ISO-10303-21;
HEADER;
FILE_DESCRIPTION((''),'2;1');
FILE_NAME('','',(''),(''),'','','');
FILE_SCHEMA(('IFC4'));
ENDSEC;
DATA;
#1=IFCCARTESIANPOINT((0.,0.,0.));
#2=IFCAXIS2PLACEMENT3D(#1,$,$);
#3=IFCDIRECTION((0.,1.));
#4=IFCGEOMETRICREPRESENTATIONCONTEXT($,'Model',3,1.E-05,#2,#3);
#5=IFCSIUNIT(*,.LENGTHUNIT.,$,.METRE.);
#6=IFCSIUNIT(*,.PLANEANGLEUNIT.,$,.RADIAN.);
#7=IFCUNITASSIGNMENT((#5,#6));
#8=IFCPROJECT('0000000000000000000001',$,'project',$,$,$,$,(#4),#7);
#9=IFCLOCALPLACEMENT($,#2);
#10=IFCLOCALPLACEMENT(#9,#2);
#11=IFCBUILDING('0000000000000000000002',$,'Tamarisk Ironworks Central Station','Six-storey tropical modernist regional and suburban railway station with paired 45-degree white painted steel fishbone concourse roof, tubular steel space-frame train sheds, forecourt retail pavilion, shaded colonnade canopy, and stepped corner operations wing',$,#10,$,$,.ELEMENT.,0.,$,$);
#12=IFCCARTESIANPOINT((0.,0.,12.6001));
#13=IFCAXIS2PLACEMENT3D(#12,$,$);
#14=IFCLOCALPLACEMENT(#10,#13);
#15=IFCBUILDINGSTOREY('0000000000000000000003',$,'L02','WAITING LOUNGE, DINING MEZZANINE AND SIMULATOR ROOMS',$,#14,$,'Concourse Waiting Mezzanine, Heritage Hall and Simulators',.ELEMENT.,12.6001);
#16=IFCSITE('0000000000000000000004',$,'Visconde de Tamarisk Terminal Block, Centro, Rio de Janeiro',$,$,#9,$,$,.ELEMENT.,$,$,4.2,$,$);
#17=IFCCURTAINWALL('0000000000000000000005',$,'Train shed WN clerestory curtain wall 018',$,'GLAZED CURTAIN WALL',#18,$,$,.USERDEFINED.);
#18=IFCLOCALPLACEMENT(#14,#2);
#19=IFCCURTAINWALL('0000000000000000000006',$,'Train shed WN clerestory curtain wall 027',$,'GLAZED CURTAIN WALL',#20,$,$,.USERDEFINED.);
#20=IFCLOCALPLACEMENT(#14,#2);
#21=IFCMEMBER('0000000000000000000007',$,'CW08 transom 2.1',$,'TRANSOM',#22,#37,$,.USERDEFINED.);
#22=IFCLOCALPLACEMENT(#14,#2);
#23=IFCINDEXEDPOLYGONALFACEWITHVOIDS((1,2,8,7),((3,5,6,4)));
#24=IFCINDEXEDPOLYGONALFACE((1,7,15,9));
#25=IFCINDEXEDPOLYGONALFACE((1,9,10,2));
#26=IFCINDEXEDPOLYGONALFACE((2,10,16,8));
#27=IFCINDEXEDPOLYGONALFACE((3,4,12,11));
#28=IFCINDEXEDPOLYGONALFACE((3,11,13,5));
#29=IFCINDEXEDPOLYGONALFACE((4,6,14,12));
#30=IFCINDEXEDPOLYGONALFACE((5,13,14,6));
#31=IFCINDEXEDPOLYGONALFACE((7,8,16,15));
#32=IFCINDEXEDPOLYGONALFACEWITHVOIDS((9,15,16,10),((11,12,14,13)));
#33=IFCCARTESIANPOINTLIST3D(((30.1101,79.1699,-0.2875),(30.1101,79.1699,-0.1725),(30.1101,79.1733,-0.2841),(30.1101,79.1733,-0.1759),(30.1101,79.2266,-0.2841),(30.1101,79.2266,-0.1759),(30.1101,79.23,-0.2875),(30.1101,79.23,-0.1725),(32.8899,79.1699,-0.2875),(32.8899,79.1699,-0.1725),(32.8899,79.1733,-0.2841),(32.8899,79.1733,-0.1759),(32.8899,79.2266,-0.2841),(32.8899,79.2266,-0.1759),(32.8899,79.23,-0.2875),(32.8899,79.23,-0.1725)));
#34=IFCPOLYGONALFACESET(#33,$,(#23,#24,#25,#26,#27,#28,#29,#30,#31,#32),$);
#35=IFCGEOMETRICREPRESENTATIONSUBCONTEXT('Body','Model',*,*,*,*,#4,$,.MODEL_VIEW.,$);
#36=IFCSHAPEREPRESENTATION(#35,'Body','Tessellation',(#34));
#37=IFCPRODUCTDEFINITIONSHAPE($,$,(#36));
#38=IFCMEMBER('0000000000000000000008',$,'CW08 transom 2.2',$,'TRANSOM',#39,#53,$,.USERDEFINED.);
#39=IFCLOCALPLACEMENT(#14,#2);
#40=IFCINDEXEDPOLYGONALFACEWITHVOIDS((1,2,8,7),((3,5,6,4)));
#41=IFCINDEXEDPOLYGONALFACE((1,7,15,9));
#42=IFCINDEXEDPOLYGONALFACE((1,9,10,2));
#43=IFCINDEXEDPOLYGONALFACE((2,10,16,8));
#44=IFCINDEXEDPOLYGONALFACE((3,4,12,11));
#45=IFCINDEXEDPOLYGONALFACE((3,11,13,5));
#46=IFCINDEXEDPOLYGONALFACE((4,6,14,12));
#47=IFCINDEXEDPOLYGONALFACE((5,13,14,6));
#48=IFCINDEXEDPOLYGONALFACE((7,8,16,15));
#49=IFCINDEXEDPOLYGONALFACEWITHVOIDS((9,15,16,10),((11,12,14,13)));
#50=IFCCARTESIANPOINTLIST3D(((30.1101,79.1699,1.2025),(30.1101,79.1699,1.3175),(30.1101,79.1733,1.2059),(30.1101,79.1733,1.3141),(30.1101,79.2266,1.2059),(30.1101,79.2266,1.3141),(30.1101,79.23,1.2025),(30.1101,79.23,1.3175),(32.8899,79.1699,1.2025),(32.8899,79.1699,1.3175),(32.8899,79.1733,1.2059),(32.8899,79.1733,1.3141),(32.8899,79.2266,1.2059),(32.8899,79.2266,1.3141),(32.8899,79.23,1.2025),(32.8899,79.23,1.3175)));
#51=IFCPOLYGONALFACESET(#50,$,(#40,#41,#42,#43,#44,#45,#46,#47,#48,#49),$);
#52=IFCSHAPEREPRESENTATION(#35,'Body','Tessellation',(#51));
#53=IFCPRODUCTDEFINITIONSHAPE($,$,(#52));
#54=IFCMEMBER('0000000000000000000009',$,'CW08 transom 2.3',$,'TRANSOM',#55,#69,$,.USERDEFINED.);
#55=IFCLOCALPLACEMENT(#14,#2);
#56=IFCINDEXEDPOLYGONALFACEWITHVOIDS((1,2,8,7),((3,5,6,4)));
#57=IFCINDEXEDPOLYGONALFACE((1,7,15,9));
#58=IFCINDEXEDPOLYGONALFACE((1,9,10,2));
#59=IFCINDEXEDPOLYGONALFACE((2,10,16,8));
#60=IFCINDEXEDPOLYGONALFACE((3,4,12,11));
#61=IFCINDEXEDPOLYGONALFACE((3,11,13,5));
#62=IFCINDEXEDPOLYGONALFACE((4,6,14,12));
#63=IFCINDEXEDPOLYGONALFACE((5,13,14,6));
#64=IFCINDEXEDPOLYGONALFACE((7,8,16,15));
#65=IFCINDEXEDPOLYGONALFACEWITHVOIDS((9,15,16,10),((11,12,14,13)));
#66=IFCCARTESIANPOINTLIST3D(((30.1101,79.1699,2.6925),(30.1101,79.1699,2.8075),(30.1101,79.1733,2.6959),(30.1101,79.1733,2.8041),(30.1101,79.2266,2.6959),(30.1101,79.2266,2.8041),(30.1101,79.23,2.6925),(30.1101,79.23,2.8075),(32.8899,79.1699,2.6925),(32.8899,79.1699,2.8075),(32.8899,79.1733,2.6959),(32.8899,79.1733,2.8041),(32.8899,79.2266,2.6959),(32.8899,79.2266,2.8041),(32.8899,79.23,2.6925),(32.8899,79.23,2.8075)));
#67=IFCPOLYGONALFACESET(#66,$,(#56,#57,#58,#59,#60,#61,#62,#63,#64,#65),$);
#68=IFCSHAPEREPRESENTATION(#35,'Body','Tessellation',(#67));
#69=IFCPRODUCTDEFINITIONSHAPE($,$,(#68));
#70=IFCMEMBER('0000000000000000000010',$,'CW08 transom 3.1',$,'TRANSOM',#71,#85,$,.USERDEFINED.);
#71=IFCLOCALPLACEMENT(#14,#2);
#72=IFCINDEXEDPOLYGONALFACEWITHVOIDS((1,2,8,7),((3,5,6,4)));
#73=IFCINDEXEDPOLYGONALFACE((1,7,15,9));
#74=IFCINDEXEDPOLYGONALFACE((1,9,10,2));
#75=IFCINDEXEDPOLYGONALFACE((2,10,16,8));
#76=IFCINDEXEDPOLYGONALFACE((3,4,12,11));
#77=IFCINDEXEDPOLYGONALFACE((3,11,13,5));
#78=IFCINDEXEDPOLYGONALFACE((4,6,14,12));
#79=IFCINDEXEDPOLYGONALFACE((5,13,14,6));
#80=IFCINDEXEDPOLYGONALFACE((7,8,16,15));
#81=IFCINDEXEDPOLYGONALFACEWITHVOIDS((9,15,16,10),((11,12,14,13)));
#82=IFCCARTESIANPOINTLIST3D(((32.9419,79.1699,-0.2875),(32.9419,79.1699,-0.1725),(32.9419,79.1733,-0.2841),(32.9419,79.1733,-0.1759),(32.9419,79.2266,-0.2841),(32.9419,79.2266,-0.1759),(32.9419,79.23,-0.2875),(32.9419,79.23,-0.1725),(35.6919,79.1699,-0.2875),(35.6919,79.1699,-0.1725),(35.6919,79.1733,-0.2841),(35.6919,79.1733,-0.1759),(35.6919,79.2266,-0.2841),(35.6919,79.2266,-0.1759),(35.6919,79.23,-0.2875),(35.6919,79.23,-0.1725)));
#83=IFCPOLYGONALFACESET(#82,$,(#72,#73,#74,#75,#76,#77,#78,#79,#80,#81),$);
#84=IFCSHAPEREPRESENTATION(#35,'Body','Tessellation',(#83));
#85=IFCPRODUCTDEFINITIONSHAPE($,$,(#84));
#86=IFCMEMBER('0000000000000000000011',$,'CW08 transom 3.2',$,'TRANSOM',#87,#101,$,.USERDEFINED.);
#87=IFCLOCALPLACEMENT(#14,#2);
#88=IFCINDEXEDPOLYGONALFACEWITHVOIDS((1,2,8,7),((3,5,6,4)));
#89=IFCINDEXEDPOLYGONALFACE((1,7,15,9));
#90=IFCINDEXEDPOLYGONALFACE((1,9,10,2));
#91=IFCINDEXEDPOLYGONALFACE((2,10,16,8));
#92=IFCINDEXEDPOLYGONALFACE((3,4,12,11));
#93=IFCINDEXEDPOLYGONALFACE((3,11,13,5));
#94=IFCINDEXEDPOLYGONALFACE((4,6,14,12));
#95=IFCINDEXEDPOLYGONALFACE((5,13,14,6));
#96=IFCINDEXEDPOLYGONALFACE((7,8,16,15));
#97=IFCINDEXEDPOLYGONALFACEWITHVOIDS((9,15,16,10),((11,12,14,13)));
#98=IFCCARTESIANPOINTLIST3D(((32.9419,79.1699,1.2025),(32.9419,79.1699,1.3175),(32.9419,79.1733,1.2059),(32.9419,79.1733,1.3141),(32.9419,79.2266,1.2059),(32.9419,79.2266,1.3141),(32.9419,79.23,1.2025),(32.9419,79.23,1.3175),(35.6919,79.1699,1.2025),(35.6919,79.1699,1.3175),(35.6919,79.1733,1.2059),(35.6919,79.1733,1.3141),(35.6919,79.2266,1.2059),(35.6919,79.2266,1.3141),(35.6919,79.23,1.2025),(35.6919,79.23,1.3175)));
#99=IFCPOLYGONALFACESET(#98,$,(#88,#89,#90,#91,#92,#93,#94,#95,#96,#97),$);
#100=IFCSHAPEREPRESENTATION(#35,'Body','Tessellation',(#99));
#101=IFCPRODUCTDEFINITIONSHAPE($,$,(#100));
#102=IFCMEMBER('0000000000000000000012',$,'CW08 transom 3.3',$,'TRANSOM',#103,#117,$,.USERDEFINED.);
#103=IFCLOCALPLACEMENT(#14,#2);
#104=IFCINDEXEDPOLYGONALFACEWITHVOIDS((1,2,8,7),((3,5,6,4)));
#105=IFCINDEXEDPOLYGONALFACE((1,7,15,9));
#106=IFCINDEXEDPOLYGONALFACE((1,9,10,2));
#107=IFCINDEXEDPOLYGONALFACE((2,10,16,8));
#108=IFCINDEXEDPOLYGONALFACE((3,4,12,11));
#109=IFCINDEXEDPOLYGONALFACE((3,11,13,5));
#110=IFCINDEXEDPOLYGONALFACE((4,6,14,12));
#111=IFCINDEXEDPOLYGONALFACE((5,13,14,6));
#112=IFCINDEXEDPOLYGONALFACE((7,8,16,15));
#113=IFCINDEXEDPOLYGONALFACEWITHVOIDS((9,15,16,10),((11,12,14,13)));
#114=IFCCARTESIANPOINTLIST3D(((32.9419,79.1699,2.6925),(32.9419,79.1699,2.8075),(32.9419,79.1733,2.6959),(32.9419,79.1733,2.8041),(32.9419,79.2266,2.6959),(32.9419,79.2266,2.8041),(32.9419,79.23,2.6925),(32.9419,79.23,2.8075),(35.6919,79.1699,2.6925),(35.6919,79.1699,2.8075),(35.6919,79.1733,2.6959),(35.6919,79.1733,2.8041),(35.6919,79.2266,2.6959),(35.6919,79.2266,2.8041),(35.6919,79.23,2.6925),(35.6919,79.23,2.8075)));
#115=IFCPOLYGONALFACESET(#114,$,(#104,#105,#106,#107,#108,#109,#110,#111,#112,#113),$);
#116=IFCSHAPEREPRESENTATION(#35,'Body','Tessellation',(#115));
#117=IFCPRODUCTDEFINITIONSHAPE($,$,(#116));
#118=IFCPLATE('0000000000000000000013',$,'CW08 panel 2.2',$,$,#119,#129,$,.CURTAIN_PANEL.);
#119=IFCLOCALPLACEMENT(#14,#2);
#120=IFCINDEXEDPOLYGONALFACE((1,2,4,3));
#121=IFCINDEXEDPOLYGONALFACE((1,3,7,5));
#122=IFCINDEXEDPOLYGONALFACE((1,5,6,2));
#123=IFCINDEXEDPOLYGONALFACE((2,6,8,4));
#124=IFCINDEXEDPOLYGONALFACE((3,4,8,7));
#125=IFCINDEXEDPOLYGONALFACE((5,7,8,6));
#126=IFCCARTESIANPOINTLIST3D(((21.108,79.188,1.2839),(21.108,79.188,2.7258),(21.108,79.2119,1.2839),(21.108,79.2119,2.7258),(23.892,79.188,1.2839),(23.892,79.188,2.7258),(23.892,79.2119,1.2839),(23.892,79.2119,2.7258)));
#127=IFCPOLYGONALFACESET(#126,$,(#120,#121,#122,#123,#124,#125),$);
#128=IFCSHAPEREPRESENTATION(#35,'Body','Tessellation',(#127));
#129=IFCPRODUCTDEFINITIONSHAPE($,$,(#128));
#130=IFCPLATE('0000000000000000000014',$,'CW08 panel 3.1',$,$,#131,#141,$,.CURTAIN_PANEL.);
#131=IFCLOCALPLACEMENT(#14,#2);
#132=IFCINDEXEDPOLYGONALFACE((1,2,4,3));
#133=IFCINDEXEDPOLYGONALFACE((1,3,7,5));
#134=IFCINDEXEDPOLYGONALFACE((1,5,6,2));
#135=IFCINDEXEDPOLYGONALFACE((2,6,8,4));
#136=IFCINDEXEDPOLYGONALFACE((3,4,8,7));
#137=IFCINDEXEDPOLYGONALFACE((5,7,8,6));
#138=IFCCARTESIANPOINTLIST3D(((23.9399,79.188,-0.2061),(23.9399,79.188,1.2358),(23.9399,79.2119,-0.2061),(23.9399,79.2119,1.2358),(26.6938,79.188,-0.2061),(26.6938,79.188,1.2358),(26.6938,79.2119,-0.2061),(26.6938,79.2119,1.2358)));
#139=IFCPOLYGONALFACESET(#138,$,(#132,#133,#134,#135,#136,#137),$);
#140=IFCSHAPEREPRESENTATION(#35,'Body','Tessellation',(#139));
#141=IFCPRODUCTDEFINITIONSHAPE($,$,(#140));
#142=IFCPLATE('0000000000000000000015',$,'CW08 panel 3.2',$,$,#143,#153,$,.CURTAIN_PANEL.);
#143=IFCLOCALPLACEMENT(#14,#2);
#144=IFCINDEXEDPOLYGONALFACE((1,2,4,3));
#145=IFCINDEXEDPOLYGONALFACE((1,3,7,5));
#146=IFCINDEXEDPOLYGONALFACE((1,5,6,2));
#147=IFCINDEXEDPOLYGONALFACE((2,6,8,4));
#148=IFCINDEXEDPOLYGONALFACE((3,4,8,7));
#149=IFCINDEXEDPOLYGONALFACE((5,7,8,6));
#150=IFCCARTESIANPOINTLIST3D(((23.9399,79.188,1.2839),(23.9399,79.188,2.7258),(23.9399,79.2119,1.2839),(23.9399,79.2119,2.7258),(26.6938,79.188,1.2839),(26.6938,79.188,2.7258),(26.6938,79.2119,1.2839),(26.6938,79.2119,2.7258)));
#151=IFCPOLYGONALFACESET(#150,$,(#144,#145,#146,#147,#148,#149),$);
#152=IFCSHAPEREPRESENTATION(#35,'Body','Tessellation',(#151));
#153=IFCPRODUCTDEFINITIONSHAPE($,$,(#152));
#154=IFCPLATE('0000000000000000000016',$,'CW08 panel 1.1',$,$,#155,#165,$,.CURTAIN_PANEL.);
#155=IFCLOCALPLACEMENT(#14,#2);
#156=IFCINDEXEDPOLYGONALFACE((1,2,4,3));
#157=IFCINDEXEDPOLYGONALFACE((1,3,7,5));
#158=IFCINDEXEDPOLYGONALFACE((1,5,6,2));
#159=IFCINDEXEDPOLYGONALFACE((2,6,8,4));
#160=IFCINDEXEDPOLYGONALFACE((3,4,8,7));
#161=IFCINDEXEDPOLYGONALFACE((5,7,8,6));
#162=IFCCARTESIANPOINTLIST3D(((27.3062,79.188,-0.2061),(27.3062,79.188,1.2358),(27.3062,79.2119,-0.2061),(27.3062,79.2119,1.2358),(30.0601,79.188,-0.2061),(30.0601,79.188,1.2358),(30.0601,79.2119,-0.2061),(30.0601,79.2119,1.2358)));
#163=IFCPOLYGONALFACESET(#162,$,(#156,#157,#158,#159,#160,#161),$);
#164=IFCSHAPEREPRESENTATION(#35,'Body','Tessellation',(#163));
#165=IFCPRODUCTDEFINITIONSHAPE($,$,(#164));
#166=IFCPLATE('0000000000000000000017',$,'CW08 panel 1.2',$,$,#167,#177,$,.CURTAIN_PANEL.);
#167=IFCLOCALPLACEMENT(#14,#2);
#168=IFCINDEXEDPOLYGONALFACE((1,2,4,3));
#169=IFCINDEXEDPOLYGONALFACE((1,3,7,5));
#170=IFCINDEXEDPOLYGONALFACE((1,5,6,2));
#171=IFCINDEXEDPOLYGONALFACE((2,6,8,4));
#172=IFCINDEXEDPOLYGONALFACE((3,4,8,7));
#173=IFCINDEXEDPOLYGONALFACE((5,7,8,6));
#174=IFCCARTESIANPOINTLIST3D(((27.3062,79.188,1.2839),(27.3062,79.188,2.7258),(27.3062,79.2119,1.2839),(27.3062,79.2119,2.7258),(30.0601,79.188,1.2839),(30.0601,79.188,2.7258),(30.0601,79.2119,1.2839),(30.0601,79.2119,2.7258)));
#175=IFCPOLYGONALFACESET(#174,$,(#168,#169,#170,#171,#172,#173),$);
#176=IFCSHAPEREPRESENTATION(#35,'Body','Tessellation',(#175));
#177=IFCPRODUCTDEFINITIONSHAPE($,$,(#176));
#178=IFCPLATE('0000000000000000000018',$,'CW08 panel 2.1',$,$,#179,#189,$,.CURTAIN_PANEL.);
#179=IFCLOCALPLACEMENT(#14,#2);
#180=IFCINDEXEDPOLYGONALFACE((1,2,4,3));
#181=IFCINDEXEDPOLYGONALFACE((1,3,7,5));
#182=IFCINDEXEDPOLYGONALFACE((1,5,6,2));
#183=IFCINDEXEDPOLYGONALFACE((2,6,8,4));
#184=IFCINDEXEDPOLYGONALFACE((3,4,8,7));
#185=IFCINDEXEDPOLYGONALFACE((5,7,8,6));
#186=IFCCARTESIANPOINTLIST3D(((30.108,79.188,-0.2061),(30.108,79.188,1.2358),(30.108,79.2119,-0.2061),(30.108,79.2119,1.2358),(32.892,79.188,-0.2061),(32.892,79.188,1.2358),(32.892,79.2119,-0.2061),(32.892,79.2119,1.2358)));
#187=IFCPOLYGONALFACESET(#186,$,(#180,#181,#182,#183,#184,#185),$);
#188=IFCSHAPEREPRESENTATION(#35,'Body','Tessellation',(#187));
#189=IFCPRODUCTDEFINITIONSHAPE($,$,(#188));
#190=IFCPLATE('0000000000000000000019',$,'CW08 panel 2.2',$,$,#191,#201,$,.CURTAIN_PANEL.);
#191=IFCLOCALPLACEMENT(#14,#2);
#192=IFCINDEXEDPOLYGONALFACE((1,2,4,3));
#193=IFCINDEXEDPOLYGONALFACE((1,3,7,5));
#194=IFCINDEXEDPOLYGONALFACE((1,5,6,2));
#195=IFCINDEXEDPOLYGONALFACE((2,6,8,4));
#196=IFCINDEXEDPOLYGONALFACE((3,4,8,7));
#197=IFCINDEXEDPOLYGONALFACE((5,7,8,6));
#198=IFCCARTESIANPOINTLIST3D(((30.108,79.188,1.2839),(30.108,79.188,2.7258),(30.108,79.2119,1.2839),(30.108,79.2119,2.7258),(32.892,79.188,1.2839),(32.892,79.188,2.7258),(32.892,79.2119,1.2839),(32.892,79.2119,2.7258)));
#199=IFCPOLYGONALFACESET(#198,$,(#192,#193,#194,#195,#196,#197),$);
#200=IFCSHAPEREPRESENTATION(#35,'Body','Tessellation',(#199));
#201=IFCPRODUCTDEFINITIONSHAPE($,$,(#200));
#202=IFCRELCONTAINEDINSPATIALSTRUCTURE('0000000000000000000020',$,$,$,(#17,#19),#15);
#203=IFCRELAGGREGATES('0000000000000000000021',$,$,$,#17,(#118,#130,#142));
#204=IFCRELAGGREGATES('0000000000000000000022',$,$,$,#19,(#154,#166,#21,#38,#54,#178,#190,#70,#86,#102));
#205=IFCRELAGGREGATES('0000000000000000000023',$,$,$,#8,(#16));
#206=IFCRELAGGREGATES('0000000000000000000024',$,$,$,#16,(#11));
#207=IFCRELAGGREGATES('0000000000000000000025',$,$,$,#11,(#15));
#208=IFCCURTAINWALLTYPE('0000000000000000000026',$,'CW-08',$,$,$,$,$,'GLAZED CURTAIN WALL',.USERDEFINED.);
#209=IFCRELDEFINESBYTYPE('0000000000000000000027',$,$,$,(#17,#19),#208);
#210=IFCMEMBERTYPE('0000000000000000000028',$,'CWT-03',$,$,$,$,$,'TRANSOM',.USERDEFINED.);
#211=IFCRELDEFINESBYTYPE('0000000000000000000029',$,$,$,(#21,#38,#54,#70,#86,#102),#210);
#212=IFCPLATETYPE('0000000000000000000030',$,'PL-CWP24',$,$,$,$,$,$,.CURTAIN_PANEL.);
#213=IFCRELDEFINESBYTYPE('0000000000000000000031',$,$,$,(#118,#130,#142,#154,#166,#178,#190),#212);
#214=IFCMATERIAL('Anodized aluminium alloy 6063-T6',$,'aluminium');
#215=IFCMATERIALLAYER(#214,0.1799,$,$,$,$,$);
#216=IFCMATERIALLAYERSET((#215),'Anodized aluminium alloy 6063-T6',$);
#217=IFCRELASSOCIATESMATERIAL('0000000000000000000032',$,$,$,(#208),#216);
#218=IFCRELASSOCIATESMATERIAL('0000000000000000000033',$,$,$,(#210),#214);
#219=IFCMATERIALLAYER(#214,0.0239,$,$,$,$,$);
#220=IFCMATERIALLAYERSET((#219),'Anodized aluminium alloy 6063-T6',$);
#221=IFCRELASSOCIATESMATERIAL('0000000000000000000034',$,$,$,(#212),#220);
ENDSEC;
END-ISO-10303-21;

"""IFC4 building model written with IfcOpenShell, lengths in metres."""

from ifc_helpers import new_model, si_unit, direction, frame, origin, origin_2d, place, context, subcontext, project, spatial, rectangle, hollow_rectangle, extrude, material, layer, layer_set, material_profile, profile_set, type_object, element, aggregate, save


model = new_model("IFC4")

# Units and contexts
model_context = context("Model", 3, precision=1e-05, world=origin(), true_north=direction((0.0, 1.0)))
body_context = subcontext(model_context, "Body", "Model", "MODEL_VIEW")
ifc_project = project(units=[si_unit("LENGTHUNIT", "METRE"), si_unit("PLANEANGLEUNIT", "RADIAN")], contexts=[model_context])

# Site, building, storey
site_placement = place(None, origin())
site = spatial("IfcSite", under=ifc_project, at=site_placement, Name="Visconde de Tamarisk Terminal Block, Centro, Rio de Janeiro", CompositionType="ELEMENT", RefElevation=4.2)
building_placement = place(site_placement, origin())
building = spatial("IfcBuilding", under=site, at=building_placement, Name="Tamarisk Ironworks Central Station", Description="Six-storey tropical modernist regional and suburban railway station with paired 45-degree white painted steel fishbone concourse roof, tubular steel space-frame train sheds, forecourt retail pavilion, shaded colonnade canopy, and stepped corner operations wing", CompositionType="ELEMENT", ElevationOfRefHeight=0.0)
storey_placement = place(building_placement, frame((0.0, 0.0, 12.6001)))
storey = spatial("IfcBuildingStorey", under=building, at=storey_placement, Name="L02", Description="WAITING LOUNGE, DINING MEZZANINE AND SIMULATOR ROOMS", LongName="Concourse Waiting Mezzanine, Heritage Hall and Simulators", CompositionType="ELEMENT", Elevation=12.6001)

# Curtain walls
ifc_material_1 = material(Name="Anodized aluminium alloy 6063-T6", Category="aluminium")
ifc_layer_1 = layer(ifc_material_1, 0.1799)
ifc_layer_set_1 = layer_set([ifc_layer_1], Name="Anodized aluminium alloy 6063-T6")
curtain_wall_type = type_object("IfcCurtainWallType", Name="CW-08", ElementType="GLAZED CURTAIN WALL", PredefinedType="USERDEFINED", material=ifc_layer_set_1)
curtain_wall_1_placement = place(storey_placement, origin())
curtain_wall_1 = element("IfcCurtainWall", 1, at=curtain_wall_1_placement, inside=storey, type_object=curtain_wall_type, Name="Train shed WN clerestory curtain wall 018", ObjectType="GLAZED CURTAIN WALL", PredefinedType="USERDEFINED")
curtain_wall_2_placement = place(storey_placement, origin())
curtain_wall_2 = element("IfcCurtainWall", 2, at=curtain_wall_2_placement, inside=storey, type_object=curtain_wall_type, Name="Train shed WN clerestory curtain wall 027", ObjectType="GLAZED CURTAIN WALL", PredefinedType="USERDEFINED")

# Members
ifc_material_profile_1 = material_profile(ifc_material_1, hollow_rectangle(XDim=0.0601, YDim=0.115, WallThickness=0.0034, at=origin_2d()), Name="ALUM 115x60")
ifc_profile_set_1 = profile_set([ifc_material_profile_1], Name="Anodized aluminium alloy 6063-T6")
member_type_1 = type_object("IfcMemberType", Name="CWT-03", ElementType="TRANSOM", PredefinedType="USERDEFINED", material=ifc_profile_set_1)
member_1_placement = place(storey_placement, frame((30.1101, 79.2, -0.23), z_axis=(1.0, 0.0, 0.0), x_axis=(0.0, 1.0, 0.0)))
member_1 = element("IfcMember", 3, at=member_1_placement, type_object=member_type_1, Name="CW08 transom 2.1", ObjectType="TRANSOM", PredefinedType="USERDEFINED", context=body_context, shape_type="SweptSolid", body=[
    extrude(hollow_rectangle(XDim=0.0601, YDim=0.115, WallThickness=0.0034, at=origin_2d()), origin(), (0.0, 0.0, 1.0), 2.7798),
])
member_2_placement = place(storey_placement, frame((30.1101, 79.2, 1.26), z_axis=(1.0, 0.0, 0.0), x_axis=(0.0, 1.0, 0.0)))
member_2 = element("IfcMember", 4, at=member_2_placement, type_object=member_type_1, Name="CW08 transom 2.2", ObjectType="TRANSOM", PredefinedType="USERDEFINED", context=body_context, shape_type="SweptSolid", body=[
    extrude(hollow_rectangle(XDim=0.0601, YDim=0.115, WallThickness=0.0034, at=origin_2d()), origin(), (0.0, 0.0, 1.0), 2.7798),
])
member_3_placement = place(storey_placement, frame((30.1101, 79.2, 2.75), z_axis=(1.0, 0.0, 0.0), x_axis=(0.0, 1.0, 0.0)))
member_3 = element("IfcMember", 5, at=member_3_placement, type_object=member_type_1, Name="CW08 transom 2.3", ObjectType="TRANSOM", PredefinedType="USERDEFINED", context=body_context, shape_type="SweptSolid", body=[
    extrude(hollow_rectangle(XDim=0.0601, YDim=0.115, WallThickness=0.0034, at=origin_2d()), origin(), (0.0, 0.0, 1.0), 2.7798),
])
member_4_placement = place(storey_placement, frame((32.9419, 79.2, -0.23), z_axis=(1.0, 0.0, 0.0), x_axis=(0.0, 1.0, 0.0)))
member_4 = element("IfcMember", 6, at=member_4_placement, type_object=member_type_1, Name="CW08 transom 3.1", ObjectType="TRANSOM", PredefinedType="USERDEFINED", context=body_context, shape_type="SweptSolid", body=[
    extrude(hollow_rectangle(XDim=0.0601, YDim=0.115, WallThickness=0.0034, at=origin_2d()), origin(), (0.0, 0.0, 1.0), 2.75),
])
member_5_placement = place(storey_placement, frame((32.9419, 79.2, 1.26), z_axis=(1.0, 0.0, 0.0), x_axis=(0.0, 1.0, 0.0)))
member_5 = element("IfcMember", 7, at=member_5_placement, type_object=member_type_1, Name="CW08 transom 3.2", ObjectType="TRANSOM", PredefinedType="USERDEFINED", context=body_context, shape_type="SweptSolid", body=[
    extrude(hollow_rectangle(XDim=0.0601, YDim=0.115, WallThickness=0.0034, at=origin_2d()), origin(), (0.0, 0.0, 1.0), 2.75),
])
member_6_placement = place(storey_placement, frame((32.9419, 79.2, 2.75), z_axis=(1.0, 0.0, 0.0), x_axis=(0.0, 1.0, 0.0)))
member_6 = element("IfcMember", 8, at=member_6_placement, type_object=member_type_1, Name="CW08 transom 3.3", ObjectType="TRANSOM", PredefinedType="USERDEFINED", context=body_context, shape_type="SweptSolid", body=[
    extrude(hollow_rectangle(XDim=0.0601, YDim=0.115, WallThickness=0.0034, at=origin_2d()), origin(), (0.0, 0.0, 1.0), 2.75),
])

# Plates
ifc_layer_2 = layer(ifc_material_1, 0.0239)
ifc_layer_set_2 = layer_set([ifc_layer_2], Name="Anodized aluminium alloy 6063-T6")
plate_type = type_object("IfcPlateType", Name="PL-CWP24", PredefinedType="CURTAIN_PANEL", material=ifc_layer_set_2)
plate_1_placement = place(storey_placement, frame((22.5, 79.2, 1.2839), z_axis=(0.0, 0.0, 1.0), x_axis=(1.0, 0.0, 0.0)))
plate_1 = element("IfcPlate", 9, at=plate_1_placement, type_object=plate_type, Name="CW08 panel 2.2", PredefinedType="CURTAIN_PANEL", context=body_context, shape_type="SweptSolid", body=[
    extrude(rectangle(XDim=2.7839, YDim=0.0239, at=origin_2d()), origin(), (0.0, 0.0, 1.0), 1.4419),
])
plate_2_placement = place(storey_placement, frame((25.3169, 79.2, -0.2061), z_axis=(0.0, 0.0, 1.0), x_axis=(1.0, 0.0, 0.0)))
plate_2 = element("IfcPlate", 10, at=plate_2_placement, type_object=plate_type, Name="CW08 panel 3.1", PredefinedType="CURTAIN_PANEL", context=body_context, shape_type="SweptSolid", body=[
    extrude(rectangle(XDim=2.7539, YDim=0.0239, at=origin_2d()), origin(), (0.0, 0.0, 1.0), 1.4419),
])
plate_3_placement = place(storey_placement, frame((25.3169, 79.2, 1.2839), z_axis=(0.0, 0.0, 1.0), x_axis=(1.0, 0.0, 0.0)))
plate_3 = element("IfcPlate", 11, at=plate_3_placement, type_object=plate_type, Name="CW08 panel 3.2", PredefinedType="CURTAIN_PANEL", context=body_context, shape_type="SweptSolid", body=[
    extrude(rectangle(XDim=2.7539, YDim=0.0239, at=origin_2d()), origin(), (0.0, 0.0, 1.0), 1.4419),
])
aggregate(curtain_wall_1, [plate_1, plate_2, plate_3])
plate_4_placement = place(storey_placement, frame((28.6831, 79.2, -0.2061), z_axis=(0.0, 0.0, 1.0), x_axis=(1.0, 0.0, 0.0)))
plate_4 = element("IfcPlate", 12, at=plate_4_placement, type_object=plate_type, Name="CW08 panel 1.1", PredefinedType="CURTAIN_PANEL", context=body_context, shape_type="SweptSolid", body=[
    extrude(rectangle(XDim=2.7539, YDim=0.0239, at=origin_2d()), origin(), (0.0, 0.0, 1.0), 1.4419),
])
plate_5_placement = place(storey_placement, frame((28.6831, 79.2, 1.2839), z_axis=(0.0, 0.0, 1.0), x_axis=(1.0, 0.0, 0.0)))
plate_5 = element("IfcPlate", 13, at=plate_5_placement, type_object=plate_type, Name="CW08 panel 1.2", PredefinedType="CURTAIN_PANEL", context=body_context, shape_type="SweptSolid", body=[
    extrude(rectangle(XDim=2.7539, YDim=0.0239, at=origin_2d()), origin(), (0.0, 0.0, 1.0), 1.4419),
])
plate_6_placement = place(storey_placement, frame((31.5, 79.2, -0.2061), z_axis=(0.0, 0.0, 1.0), x_axis=(1.0, 0.0, 0.0)))
plate_6 = element("IfcPlate", 14, at=plate_6_placement, type_object=plate_type, Name="CW08 panel 2.1", PredefinedType="CURTAIN_PANEL", context=body_context, shape_type="SweptSolid", body=[
    extrude(rectangle(XDim=2.7839, YDim=0.0239, at=origin_2d()), origin(), (0.0, 0.0, 1.0), 1.4419),
])
plate_7_placement = place(storey_placement, frame((31.5, 79.2, 1.2839), z_axis=(0.0, 0.0, 1.0), x_axis=(1.0, 0.0, 0.0)))
plate_7 = element("IfcPlate", 15, at=plate_7_placement, type_object=plate_type, Name="CW08 panel 2.2", PredefinedType="CURTAIN_PANEL", context=body_context, shape_type="SweptSolid", body=[
    extrude(rectangle(XDim=2.7839, YDim=0.0239, at=origin_2d()), origin(), (0.0, 0.0, 1.0), 1.4419),
])
aggregate(curtain_wall_2, [plate_4, plate_5, member_1, member_2, member_3, plate_6, plate_7, member_4, member_5, member_6])

save(model, "model.ifc")
